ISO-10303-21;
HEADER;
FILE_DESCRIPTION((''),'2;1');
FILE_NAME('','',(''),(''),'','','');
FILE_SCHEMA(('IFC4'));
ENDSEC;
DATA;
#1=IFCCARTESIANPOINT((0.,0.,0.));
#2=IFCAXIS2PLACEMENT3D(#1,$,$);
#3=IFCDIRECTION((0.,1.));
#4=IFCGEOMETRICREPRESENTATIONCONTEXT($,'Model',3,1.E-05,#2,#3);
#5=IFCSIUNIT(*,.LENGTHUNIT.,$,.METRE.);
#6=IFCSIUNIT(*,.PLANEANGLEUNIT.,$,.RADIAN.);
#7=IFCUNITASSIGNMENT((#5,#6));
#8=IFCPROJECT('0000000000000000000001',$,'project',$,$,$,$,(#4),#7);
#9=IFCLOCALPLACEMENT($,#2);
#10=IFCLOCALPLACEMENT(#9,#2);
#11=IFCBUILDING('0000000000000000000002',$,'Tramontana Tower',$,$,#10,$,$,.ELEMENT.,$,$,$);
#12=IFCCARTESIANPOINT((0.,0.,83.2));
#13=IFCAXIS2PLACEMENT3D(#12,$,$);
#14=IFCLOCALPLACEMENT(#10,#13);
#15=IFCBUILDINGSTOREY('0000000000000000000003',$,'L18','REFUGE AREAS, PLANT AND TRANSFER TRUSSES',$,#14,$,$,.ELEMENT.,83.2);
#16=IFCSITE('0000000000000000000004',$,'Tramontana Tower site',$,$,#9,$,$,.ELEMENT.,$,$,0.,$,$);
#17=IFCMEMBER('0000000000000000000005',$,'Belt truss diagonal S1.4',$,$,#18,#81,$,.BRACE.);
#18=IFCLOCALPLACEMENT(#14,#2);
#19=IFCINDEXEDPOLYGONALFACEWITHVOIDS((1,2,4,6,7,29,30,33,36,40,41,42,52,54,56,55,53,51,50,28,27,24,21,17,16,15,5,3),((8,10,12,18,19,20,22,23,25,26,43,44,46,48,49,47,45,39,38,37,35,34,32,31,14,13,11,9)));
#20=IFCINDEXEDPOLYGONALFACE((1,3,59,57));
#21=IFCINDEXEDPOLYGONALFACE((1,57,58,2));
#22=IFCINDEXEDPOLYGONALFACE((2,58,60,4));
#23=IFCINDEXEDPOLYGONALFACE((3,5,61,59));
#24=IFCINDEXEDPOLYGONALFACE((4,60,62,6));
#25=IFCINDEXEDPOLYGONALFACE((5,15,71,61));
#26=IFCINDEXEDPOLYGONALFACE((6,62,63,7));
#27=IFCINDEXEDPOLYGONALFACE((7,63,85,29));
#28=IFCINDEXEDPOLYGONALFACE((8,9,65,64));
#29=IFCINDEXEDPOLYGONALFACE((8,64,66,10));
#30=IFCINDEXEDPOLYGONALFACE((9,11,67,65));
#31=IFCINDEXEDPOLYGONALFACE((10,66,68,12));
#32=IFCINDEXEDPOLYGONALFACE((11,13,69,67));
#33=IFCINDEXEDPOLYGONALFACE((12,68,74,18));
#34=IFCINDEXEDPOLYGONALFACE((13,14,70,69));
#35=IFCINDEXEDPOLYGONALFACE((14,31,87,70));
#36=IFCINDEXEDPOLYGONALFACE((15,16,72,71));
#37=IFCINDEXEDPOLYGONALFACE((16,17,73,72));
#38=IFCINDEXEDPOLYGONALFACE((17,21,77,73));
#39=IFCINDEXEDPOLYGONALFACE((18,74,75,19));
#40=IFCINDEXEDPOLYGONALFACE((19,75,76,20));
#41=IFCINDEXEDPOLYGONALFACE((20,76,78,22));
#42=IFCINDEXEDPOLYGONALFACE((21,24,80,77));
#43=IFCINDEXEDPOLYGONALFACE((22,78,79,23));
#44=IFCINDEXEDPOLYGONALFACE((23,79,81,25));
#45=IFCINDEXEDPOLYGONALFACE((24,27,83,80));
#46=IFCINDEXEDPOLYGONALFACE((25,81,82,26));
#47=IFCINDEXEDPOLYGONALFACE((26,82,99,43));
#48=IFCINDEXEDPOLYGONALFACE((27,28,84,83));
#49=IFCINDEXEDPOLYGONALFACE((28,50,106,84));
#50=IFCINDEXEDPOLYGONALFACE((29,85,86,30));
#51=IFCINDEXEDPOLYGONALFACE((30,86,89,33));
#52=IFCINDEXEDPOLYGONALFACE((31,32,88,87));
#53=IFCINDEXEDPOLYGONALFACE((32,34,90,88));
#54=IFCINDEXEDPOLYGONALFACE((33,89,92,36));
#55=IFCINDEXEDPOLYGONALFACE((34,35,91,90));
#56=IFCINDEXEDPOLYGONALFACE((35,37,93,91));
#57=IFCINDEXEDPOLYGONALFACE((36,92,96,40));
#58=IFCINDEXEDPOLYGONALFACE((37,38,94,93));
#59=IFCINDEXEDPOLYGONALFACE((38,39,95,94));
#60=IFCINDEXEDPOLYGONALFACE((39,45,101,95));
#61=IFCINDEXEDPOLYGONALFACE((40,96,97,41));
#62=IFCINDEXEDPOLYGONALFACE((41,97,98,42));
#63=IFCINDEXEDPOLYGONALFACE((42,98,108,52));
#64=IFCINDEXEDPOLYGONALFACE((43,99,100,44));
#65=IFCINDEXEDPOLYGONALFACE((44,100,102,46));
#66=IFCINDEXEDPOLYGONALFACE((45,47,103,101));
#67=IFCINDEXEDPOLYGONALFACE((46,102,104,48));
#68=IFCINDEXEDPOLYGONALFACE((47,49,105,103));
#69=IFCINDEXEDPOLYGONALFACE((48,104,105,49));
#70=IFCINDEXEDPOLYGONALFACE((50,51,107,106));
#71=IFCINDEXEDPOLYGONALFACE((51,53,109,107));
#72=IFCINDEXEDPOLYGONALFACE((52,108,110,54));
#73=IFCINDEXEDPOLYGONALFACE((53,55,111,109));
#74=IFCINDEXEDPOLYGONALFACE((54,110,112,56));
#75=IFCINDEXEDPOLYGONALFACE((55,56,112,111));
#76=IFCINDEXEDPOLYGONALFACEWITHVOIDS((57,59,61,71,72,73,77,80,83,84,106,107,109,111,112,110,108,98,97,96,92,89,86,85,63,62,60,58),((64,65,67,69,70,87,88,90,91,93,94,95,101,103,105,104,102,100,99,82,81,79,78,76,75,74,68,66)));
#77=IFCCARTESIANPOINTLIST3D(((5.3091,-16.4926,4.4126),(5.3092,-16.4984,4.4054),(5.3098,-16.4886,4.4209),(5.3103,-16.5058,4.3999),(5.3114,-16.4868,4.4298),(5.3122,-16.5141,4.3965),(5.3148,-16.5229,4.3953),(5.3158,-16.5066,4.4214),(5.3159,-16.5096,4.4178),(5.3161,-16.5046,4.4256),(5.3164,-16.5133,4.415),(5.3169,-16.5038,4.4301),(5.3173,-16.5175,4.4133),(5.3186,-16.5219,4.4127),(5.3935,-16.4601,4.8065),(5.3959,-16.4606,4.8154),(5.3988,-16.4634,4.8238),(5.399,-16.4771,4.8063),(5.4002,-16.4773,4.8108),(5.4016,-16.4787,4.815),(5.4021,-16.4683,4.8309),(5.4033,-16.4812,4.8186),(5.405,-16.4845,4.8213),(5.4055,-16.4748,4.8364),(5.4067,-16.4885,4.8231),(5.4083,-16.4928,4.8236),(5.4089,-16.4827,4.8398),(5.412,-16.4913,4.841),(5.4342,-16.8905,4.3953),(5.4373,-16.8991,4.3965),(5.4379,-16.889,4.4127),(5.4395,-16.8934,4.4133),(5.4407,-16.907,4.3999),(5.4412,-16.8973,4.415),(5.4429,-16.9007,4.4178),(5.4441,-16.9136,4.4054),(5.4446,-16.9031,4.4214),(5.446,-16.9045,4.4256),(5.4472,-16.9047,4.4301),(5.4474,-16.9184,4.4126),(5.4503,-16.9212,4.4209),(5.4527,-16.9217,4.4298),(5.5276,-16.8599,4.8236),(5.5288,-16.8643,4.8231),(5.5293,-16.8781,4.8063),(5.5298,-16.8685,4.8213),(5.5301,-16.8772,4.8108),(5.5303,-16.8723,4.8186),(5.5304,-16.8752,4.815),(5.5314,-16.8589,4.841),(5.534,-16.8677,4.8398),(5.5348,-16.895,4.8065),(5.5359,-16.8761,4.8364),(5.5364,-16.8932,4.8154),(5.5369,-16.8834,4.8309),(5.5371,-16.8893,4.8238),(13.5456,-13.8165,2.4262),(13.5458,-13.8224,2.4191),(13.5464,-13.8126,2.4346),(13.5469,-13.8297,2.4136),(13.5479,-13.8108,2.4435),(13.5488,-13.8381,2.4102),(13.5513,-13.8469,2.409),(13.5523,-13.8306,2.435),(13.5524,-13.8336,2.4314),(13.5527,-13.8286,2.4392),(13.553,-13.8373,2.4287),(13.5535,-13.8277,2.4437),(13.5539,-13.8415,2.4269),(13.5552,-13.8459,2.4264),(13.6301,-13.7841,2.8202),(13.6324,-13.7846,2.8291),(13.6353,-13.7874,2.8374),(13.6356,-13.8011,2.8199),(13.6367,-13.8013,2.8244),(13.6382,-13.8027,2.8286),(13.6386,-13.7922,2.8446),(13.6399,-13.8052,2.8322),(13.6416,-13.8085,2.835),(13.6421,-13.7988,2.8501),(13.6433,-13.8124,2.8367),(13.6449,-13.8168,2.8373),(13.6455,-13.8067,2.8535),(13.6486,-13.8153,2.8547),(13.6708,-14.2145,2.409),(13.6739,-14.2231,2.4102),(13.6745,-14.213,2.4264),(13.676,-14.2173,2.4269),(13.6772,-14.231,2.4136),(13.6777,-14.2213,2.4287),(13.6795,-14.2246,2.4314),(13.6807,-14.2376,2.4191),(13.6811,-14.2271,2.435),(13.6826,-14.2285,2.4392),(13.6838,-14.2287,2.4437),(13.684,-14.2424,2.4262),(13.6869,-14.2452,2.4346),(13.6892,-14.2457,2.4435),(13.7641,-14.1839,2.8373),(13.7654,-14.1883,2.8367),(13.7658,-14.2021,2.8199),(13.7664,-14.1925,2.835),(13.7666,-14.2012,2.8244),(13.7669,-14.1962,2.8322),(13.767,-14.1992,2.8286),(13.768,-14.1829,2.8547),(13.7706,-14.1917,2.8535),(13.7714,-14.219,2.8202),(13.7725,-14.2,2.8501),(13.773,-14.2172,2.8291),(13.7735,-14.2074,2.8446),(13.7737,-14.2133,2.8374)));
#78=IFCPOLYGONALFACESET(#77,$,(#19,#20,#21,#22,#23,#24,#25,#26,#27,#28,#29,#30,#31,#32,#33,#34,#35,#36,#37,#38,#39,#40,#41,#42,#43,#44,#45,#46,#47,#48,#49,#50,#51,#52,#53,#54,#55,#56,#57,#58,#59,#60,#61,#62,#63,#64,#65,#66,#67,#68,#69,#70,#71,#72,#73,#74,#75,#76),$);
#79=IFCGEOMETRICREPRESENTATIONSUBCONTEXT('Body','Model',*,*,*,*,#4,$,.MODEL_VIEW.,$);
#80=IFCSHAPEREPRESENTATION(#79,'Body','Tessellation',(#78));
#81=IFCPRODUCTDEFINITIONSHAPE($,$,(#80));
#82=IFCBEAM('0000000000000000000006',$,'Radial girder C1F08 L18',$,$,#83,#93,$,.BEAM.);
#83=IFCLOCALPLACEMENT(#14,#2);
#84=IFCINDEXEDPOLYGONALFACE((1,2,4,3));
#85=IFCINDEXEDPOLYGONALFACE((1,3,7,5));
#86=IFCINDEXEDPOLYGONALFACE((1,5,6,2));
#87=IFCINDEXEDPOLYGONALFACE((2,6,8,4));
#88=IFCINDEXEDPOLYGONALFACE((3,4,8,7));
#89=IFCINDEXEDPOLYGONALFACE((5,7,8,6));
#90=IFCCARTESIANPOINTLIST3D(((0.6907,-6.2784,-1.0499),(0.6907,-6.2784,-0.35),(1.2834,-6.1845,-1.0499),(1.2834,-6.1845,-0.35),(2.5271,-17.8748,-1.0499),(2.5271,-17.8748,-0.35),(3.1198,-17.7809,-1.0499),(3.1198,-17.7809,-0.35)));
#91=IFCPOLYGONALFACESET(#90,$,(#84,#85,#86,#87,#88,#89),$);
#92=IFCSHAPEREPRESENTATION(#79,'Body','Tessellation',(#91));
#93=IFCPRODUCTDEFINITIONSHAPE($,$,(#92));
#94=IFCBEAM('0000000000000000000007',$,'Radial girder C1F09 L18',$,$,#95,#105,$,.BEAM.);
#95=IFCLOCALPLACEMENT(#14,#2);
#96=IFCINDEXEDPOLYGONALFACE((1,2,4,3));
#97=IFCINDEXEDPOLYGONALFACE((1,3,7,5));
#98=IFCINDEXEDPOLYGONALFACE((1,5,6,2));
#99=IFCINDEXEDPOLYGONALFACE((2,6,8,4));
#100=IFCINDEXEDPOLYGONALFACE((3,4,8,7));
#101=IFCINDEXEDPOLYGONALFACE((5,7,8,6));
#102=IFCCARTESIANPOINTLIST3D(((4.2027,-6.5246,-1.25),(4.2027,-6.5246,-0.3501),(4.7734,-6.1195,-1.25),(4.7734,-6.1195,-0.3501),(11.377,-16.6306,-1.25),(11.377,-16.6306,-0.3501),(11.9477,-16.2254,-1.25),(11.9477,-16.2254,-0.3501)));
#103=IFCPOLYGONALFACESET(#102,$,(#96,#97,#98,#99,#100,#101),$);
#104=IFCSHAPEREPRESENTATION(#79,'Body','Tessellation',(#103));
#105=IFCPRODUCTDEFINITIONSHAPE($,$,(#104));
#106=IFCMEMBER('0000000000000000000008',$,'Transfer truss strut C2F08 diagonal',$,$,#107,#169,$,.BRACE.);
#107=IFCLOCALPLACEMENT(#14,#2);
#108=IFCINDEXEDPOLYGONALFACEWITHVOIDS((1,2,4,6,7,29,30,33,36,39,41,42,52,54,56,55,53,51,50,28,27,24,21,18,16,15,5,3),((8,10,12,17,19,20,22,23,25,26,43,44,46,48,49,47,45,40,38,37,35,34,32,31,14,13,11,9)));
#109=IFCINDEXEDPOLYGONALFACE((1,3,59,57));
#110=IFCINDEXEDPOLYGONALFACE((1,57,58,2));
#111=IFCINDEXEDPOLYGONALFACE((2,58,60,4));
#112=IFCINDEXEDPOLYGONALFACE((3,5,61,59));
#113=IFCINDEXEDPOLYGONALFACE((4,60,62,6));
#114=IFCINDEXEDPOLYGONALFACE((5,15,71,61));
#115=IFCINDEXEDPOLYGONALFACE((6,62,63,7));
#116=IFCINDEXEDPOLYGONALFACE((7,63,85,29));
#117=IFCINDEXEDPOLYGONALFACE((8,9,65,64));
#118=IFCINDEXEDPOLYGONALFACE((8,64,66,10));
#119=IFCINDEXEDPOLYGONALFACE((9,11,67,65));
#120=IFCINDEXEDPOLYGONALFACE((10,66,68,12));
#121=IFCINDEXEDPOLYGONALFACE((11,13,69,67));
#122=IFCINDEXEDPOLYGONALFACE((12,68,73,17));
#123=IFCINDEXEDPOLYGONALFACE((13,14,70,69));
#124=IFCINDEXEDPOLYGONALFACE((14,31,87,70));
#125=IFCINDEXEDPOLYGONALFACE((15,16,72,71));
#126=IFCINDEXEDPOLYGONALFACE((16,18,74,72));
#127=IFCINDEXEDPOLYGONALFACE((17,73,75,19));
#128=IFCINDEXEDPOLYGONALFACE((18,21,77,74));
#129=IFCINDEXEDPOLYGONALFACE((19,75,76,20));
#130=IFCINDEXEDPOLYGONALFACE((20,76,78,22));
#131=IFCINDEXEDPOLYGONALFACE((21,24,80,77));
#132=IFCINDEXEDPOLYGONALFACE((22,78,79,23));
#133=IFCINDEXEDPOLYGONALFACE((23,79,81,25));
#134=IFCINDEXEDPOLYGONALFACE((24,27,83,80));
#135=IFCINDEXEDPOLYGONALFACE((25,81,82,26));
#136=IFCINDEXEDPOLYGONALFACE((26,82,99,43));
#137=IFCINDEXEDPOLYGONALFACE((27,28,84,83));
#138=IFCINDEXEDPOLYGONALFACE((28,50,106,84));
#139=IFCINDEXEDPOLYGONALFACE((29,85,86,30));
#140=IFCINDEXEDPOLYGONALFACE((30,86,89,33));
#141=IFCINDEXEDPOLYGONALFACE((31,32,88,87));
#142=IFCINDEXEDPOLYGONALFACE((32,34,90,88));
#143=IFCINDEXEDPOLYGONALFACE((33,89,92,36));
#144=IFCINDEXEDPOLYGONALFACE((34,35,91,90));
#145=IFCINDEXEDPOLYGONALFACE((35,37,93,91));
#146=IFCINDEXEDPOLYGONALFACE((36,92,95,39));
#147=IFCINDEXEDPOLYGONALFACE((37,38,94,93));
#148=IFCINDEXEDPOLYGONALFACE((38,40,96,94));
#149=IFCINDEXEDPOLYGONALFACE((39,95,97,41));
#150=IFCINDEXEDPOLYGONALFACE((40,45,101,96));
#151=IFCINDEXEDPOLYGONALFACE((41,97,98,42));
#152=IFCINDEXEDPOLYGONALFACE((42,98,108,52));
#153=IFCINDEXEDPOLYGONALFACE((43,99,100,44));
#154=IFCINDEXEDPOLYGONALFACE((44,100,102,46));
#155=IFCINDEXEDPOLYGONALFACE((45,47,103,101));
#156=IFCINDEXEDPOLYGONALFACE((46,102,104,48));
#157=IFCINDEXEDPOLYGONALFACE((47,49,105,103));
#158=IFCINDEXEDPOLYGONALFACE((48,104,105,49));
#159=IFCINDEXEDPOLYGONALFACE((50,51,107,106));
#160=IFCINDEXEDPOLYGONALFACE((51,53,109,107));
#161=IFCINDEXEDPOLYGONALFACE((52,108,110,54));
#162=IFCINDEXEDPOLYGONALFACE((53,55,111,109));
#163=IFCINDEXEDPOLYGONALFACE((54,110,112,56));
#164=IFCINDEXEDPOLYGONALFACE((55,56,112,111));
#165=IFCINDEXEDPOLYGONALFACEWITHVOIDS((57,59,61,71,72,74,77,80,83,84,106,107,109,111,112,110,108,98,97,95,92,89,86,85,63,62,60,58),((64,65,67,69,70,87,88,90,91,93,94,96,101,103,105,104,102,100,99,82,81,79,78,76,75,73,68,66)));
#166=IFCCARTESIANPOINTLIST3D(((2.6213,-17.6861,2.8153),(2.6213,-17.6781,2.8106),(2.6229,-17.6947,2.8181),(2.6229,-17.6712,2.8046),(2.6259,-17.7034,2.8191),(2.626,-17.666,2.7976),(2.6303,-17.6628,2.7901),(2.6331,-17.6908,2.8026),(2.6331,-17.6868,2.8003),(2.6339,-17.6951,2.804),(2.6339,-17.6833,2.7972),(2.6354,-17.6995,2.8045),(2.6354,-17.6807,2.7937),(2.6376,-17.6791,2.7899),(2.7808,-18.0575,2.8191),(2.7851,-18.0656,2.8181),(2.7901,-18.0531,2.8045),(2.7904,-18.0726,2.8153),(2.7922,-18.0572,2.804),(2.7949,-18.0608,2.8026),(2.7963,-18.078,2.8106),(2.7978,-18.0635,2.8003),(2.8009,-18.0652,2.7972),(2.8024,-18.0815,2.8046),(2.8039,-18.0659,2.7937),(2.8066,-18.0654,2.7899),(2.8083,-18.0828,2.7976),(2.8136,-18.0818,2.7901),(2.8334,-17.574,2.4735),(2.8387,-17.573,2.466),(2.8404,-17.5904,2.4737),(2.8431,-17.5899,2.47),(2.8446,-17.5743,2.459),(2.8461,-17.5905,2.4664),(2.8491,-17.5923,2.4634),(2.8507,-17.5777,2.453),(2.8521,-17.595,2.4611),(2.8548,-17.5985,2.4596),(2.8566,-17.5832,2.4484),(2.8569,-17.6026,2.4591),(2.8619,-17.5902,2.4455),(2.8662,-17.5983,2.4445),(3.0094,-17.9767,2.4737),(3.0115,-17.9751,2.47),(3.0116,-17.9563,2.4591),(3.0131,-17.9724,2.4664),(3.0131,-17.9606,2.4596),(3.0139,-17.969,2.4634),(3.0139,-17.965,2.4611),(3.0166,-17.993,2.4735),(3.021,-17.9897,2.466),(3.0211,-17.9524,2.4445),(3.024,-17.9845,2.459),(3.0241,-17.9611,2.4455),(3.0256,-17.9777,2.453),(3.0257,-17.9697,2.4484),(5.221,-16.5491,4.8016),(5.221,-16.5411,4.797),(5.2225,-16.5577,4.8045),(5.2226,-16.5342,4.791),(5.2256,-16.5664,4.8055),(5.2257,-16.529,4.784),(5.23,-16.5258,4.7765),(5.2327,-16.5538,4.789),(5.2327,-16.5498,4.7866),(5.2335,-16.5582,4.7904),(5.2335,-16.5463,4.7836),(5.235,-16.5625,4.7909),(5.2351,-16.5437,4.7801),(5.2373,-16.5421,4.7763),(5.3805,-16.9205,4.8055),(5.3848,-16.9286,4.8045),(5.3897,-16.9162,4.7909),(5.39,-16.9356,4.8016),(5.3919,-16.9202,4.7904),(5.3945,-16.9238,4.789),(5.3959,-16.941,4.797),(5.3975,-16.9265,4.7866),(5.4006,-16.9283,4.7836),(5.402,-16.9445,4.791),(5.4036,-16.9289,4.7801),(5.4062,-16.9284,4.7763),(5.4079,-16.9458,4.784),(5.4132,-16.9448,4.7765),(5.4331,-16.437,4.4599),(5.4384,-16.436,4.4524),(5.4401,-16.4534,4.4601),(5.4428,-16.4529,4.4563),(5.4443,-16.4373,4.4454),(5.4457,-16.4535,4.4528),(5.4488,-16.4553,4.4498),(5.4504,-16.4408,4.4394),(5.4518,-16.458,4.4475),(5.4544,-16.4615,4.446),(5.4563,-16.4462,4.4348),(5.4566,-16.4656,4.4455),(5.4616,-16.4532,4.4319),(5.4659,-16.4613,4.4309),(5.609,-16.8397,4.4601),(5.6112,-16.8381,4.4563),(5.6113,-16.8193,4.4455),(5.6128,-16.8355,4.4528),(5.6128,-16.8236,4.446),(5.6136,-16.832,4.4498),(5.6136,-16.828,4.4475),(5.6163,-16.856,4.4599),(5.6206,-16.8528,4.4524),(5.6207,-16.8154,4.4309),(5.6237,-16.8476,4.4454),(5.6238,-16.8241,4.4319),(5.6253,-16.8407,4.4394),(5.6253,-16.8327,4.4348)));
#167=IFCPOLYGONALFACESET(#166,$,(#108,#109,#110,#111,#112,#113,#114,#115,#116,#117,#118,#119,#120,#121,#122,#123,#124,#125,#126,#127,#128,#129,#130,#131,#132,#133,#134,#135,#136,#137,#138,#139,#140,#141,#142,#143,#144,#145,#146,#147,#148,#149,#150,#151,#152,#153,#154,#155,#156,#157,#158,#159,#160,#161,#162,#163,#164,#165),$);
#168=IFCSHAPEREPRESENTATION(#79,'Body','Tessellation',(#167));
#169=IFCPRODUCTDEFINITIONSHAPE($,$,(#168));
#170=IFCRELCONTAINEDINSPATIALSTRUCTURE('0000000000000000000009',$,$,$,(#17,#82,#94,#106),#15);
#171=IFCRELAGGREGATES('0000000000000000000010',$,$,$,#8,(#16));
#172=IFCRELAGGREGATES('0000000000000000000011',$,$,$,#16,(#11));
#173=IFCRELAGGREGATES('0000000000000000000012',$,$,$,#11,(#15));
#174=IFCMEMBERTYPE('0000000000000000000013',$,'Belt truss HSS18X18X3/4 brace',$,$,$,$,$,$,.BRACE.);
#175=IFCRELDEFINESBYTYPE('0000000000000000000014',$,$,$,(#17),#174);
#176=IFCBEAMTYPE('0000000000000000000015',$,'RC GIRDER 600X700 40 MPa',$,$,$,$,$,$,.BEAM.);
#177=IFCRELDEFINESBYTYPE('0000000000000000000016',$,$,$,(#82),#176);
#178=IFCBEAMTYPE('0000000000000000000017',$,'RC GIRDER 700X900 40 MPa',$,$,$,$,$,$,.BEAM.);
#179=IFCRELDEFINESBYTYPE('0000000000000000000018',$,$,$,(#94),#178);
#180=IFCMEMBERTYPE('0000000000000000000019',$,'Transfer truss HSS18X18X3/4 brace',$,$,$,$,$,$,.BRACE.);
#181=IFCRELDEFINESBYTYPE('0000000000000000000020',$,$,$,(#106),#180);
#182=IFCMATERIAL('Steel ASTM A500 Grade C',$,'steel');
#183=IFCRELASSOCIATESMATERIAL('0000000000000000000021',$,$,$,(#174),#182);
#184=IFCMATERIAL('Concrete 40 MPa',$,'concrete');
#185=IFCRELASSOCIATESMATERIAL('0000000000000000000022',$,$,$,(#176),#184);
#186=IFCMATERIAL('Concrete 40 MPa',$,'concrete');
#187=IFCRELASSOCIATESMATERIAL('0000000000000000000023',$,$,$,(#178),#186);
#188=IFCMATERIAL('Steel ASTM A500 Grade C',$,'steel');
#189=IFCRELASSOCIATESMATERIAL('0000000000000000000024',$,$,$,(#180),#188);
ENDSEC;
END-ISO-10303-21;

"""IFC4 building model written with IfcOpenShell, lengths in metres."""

from ifc_helpers import new_model, si_unit, direction, frame, origin, origin_2d, place, context, subcontext, project, spatial, rectangle, hollow_rectangle, extrude, material, material_profile, profile_set, type_object, element, save


model = new_model("IFC4")

# Units and contexts
model_context = context("Model", 3, precision=1e-05, world=origin(), true_north=direction((0.0, 1.0)))
body_context = subcontext(model_context, "Body", "Model", "MODEL_VIEW")
ifc_project = project(units=[si_unit("LENGTHUNIT", "METRE"), si_unit("PLANEANGLEUNIT", "RADIAN")], contexts=[model_context])

# Site, building, storey
site_placement = place(None, origin())
site = spatial("IfcSite", under=ifc_project, at=site_placement, Name="Tramontana Tower site", CompositionType="ELEMENT", RefElevation=0.0)
building_placement = place(site_placement, origin())
building = spatial("IfcBuilding", under=site, at=building_placement, Name="Tramontana Tower", CompositionType="ELEMENT")
storey_placement = place(building_placement, frame((0.0, 0.0, 83.2)))
storey = spatial("IfcBuildingStorey", under=building, at=storey_placement, Name="L18", Description="REFUGE AREAS, PLANT AND TRANSFER TRUSSES", CompositionType="ELEMENT", Elevation=83.2)

# Member
ifc_material_1 = material(Name="Steel ASTM A500 Grade C", Category="steel")
ifc_material_profile_1 = material_profile(ifc_material_1, hollow_rectangle(XDim=0.4573, YDim=0.4573, WallThickness=0.0178, InnerFilletRadius=0.0178, OuterFilletRadius=0.0354, at=origin_2d()), Name="HSS18X18X3/4")
ifc_profile_set_1 = profile_set([ifc_material_profile_1], Name="Steel ASTM A500 Grade C")
member_type_1 = type_object("IfcMemberType", Name="Belt truss HSS18X18X3/4 brace", PredefinedType="BRACE", material=ifc_profile_set_1)
member_1_placement = place(storey_placement, frame((5.4231, -16.6909, 4.6182), z_axis=(0.926993, 0.301176, -0.223553), x_axis=(-0.308996, 0.951063, 0.0)))
element("IfcMember", 1, at=member_1_placement, inside=storey, type_object=member_type_1, Name="Belt truss diagonal S1.4", PredefinedType="BRACE", context=body_context, shape_type="SweptSolid", body=[
    extrude(hollow_rectangle(XDim=0.4573, YDim=0.4573, WallThickness=0.0178, InnerFilletRadius=0.0178, OuterFilletRadius=0.0354, at=origin_2d()), origin(), (0.0, 0.0, 1.0), 8.8853),
])

# Beams
ifc_material_2 = material(Name="Concrete 40 MPa", Category="concrete")
ifc_material_profile_2 = material_profile(ifc_material_2, rectangle(XDim=0.6001, YDim=0.7, at=origin_2d()), Name="RC GIRDER 600X700 40 MPa")
ifc_profile_set_2 = profile_set([ifc_material_profile_2], Name="Concrete 40 MPa")
beam_type_1 = type_object("IfcBeamType", Name="RC GIRDER 600X700 40 MPa", PredefinedType="BEAM", material=ifc_profile_set_2)
beam_1_placement = place(storey_placement, frame((2.8235, -17.8279, -0.7), z_axis=(-0.156412, 0.987692, 0.0), x_axis=(-0.987692, -0.156412, 0.0)))
element("IfcBeam", 2, at=beam_1_placement, inside=storey, type_object=beam_type_1, Name="Radial girder C1F08 L18", PredefinedType="BEAM", context=body_context, shape_type="SweptSolid", body=[
    extrude(rectangle(XDim=0.6001, YDim=0.7, at=origin_2d()), origin(), (0.0, 0.0, 1.0), 11.741),
])
ifc_material_3 = material(Name="Concrete 40 MPa", Category="concrete")
ifc_material_profile_3 = material_profile(ifc_material_3, rectangle(XDim=0.7, YDim=0.8999, at=origin_2d()), Name="RC GIRDER 700X900 40 MPa")
ifc_profile_set_3 = profile_set([ifc_material_profile_3], Name="Concrete 40 MPa")
beam_type_2 = type_object("IfcBeamType", Name="RC GIRDER 700X900 40 MPa", PredefinedType="BEAM", material=ifc_profile_set_3)
beam_2_placement = place(storey_placement, frame((11.6624, -16.428, -0.8), z_axis=(-0.578873, 0.815418, 0.0), x_axis=(-0.815418, -0.578873, 0.0)))
element("IfcBeam", 3, at=beam_2_placement, inside=storey, type_object=beam_type_2, Name="Radial girder C1F09 L18", PredefinedType="BEAM", context=body_context, shape_type="SweptSolid", body=[
    extrude(rectangle(XDim=0.7, YDim=0.8999, at=origin_2d()), origin(), (0.0, 0.0, 1.0), 12.3936),
])

# Member
ifc_material_4 = material(Name="Steel ASTM A500 Grade C", Category="steel")
ifc_material_profile_4 = material_profile(ifc_material_4, hollow_rectangle(XDim=0.4573, YDim=0.4573, WallThickness=0.0178, InnerFilletRadius=0.0178, OuterFilletRadius=0.0354, at=origin_2d()), Name="HSS18X18X3/4")
ifc_profile_set_4 = profile_set([ifc_material_profile_4], Name="Steel ASTM A500 Grade C")
member_type_2 = type_object("IfcMemberType", Name="Transfer truss HSS18X18X3/4 brace", PredefinedType="BRACE", material=ifc_profile_set_4)
member_2_placement = place(storey_placement, frame((2.8235, -17.8279, 2.6318), z_axis=(0.750563, 0.328266, 0.573495), x_axis=(-0.40071, 0.916205, 0.0)))
element("IfcMember", 4, at=member_2_placement, inside=storey, type_object=member_type_2, Name="Transfer truss strut C2F08 diagonal", PredefinedType="BRACE", context=body_context, shape_type="SweptSolid", body=[
    extrude(hollow_rectangle(XDim=0.4573, YDim=0.4573, WallThickness=0.0178, InnerFilletRadius=0.0178, OuterFilletRadius=0.0354, at=origin_2d()), origin(), (0.0, 0.0, 1.0), 3.4636),
])

save(model, "model.ifc")
